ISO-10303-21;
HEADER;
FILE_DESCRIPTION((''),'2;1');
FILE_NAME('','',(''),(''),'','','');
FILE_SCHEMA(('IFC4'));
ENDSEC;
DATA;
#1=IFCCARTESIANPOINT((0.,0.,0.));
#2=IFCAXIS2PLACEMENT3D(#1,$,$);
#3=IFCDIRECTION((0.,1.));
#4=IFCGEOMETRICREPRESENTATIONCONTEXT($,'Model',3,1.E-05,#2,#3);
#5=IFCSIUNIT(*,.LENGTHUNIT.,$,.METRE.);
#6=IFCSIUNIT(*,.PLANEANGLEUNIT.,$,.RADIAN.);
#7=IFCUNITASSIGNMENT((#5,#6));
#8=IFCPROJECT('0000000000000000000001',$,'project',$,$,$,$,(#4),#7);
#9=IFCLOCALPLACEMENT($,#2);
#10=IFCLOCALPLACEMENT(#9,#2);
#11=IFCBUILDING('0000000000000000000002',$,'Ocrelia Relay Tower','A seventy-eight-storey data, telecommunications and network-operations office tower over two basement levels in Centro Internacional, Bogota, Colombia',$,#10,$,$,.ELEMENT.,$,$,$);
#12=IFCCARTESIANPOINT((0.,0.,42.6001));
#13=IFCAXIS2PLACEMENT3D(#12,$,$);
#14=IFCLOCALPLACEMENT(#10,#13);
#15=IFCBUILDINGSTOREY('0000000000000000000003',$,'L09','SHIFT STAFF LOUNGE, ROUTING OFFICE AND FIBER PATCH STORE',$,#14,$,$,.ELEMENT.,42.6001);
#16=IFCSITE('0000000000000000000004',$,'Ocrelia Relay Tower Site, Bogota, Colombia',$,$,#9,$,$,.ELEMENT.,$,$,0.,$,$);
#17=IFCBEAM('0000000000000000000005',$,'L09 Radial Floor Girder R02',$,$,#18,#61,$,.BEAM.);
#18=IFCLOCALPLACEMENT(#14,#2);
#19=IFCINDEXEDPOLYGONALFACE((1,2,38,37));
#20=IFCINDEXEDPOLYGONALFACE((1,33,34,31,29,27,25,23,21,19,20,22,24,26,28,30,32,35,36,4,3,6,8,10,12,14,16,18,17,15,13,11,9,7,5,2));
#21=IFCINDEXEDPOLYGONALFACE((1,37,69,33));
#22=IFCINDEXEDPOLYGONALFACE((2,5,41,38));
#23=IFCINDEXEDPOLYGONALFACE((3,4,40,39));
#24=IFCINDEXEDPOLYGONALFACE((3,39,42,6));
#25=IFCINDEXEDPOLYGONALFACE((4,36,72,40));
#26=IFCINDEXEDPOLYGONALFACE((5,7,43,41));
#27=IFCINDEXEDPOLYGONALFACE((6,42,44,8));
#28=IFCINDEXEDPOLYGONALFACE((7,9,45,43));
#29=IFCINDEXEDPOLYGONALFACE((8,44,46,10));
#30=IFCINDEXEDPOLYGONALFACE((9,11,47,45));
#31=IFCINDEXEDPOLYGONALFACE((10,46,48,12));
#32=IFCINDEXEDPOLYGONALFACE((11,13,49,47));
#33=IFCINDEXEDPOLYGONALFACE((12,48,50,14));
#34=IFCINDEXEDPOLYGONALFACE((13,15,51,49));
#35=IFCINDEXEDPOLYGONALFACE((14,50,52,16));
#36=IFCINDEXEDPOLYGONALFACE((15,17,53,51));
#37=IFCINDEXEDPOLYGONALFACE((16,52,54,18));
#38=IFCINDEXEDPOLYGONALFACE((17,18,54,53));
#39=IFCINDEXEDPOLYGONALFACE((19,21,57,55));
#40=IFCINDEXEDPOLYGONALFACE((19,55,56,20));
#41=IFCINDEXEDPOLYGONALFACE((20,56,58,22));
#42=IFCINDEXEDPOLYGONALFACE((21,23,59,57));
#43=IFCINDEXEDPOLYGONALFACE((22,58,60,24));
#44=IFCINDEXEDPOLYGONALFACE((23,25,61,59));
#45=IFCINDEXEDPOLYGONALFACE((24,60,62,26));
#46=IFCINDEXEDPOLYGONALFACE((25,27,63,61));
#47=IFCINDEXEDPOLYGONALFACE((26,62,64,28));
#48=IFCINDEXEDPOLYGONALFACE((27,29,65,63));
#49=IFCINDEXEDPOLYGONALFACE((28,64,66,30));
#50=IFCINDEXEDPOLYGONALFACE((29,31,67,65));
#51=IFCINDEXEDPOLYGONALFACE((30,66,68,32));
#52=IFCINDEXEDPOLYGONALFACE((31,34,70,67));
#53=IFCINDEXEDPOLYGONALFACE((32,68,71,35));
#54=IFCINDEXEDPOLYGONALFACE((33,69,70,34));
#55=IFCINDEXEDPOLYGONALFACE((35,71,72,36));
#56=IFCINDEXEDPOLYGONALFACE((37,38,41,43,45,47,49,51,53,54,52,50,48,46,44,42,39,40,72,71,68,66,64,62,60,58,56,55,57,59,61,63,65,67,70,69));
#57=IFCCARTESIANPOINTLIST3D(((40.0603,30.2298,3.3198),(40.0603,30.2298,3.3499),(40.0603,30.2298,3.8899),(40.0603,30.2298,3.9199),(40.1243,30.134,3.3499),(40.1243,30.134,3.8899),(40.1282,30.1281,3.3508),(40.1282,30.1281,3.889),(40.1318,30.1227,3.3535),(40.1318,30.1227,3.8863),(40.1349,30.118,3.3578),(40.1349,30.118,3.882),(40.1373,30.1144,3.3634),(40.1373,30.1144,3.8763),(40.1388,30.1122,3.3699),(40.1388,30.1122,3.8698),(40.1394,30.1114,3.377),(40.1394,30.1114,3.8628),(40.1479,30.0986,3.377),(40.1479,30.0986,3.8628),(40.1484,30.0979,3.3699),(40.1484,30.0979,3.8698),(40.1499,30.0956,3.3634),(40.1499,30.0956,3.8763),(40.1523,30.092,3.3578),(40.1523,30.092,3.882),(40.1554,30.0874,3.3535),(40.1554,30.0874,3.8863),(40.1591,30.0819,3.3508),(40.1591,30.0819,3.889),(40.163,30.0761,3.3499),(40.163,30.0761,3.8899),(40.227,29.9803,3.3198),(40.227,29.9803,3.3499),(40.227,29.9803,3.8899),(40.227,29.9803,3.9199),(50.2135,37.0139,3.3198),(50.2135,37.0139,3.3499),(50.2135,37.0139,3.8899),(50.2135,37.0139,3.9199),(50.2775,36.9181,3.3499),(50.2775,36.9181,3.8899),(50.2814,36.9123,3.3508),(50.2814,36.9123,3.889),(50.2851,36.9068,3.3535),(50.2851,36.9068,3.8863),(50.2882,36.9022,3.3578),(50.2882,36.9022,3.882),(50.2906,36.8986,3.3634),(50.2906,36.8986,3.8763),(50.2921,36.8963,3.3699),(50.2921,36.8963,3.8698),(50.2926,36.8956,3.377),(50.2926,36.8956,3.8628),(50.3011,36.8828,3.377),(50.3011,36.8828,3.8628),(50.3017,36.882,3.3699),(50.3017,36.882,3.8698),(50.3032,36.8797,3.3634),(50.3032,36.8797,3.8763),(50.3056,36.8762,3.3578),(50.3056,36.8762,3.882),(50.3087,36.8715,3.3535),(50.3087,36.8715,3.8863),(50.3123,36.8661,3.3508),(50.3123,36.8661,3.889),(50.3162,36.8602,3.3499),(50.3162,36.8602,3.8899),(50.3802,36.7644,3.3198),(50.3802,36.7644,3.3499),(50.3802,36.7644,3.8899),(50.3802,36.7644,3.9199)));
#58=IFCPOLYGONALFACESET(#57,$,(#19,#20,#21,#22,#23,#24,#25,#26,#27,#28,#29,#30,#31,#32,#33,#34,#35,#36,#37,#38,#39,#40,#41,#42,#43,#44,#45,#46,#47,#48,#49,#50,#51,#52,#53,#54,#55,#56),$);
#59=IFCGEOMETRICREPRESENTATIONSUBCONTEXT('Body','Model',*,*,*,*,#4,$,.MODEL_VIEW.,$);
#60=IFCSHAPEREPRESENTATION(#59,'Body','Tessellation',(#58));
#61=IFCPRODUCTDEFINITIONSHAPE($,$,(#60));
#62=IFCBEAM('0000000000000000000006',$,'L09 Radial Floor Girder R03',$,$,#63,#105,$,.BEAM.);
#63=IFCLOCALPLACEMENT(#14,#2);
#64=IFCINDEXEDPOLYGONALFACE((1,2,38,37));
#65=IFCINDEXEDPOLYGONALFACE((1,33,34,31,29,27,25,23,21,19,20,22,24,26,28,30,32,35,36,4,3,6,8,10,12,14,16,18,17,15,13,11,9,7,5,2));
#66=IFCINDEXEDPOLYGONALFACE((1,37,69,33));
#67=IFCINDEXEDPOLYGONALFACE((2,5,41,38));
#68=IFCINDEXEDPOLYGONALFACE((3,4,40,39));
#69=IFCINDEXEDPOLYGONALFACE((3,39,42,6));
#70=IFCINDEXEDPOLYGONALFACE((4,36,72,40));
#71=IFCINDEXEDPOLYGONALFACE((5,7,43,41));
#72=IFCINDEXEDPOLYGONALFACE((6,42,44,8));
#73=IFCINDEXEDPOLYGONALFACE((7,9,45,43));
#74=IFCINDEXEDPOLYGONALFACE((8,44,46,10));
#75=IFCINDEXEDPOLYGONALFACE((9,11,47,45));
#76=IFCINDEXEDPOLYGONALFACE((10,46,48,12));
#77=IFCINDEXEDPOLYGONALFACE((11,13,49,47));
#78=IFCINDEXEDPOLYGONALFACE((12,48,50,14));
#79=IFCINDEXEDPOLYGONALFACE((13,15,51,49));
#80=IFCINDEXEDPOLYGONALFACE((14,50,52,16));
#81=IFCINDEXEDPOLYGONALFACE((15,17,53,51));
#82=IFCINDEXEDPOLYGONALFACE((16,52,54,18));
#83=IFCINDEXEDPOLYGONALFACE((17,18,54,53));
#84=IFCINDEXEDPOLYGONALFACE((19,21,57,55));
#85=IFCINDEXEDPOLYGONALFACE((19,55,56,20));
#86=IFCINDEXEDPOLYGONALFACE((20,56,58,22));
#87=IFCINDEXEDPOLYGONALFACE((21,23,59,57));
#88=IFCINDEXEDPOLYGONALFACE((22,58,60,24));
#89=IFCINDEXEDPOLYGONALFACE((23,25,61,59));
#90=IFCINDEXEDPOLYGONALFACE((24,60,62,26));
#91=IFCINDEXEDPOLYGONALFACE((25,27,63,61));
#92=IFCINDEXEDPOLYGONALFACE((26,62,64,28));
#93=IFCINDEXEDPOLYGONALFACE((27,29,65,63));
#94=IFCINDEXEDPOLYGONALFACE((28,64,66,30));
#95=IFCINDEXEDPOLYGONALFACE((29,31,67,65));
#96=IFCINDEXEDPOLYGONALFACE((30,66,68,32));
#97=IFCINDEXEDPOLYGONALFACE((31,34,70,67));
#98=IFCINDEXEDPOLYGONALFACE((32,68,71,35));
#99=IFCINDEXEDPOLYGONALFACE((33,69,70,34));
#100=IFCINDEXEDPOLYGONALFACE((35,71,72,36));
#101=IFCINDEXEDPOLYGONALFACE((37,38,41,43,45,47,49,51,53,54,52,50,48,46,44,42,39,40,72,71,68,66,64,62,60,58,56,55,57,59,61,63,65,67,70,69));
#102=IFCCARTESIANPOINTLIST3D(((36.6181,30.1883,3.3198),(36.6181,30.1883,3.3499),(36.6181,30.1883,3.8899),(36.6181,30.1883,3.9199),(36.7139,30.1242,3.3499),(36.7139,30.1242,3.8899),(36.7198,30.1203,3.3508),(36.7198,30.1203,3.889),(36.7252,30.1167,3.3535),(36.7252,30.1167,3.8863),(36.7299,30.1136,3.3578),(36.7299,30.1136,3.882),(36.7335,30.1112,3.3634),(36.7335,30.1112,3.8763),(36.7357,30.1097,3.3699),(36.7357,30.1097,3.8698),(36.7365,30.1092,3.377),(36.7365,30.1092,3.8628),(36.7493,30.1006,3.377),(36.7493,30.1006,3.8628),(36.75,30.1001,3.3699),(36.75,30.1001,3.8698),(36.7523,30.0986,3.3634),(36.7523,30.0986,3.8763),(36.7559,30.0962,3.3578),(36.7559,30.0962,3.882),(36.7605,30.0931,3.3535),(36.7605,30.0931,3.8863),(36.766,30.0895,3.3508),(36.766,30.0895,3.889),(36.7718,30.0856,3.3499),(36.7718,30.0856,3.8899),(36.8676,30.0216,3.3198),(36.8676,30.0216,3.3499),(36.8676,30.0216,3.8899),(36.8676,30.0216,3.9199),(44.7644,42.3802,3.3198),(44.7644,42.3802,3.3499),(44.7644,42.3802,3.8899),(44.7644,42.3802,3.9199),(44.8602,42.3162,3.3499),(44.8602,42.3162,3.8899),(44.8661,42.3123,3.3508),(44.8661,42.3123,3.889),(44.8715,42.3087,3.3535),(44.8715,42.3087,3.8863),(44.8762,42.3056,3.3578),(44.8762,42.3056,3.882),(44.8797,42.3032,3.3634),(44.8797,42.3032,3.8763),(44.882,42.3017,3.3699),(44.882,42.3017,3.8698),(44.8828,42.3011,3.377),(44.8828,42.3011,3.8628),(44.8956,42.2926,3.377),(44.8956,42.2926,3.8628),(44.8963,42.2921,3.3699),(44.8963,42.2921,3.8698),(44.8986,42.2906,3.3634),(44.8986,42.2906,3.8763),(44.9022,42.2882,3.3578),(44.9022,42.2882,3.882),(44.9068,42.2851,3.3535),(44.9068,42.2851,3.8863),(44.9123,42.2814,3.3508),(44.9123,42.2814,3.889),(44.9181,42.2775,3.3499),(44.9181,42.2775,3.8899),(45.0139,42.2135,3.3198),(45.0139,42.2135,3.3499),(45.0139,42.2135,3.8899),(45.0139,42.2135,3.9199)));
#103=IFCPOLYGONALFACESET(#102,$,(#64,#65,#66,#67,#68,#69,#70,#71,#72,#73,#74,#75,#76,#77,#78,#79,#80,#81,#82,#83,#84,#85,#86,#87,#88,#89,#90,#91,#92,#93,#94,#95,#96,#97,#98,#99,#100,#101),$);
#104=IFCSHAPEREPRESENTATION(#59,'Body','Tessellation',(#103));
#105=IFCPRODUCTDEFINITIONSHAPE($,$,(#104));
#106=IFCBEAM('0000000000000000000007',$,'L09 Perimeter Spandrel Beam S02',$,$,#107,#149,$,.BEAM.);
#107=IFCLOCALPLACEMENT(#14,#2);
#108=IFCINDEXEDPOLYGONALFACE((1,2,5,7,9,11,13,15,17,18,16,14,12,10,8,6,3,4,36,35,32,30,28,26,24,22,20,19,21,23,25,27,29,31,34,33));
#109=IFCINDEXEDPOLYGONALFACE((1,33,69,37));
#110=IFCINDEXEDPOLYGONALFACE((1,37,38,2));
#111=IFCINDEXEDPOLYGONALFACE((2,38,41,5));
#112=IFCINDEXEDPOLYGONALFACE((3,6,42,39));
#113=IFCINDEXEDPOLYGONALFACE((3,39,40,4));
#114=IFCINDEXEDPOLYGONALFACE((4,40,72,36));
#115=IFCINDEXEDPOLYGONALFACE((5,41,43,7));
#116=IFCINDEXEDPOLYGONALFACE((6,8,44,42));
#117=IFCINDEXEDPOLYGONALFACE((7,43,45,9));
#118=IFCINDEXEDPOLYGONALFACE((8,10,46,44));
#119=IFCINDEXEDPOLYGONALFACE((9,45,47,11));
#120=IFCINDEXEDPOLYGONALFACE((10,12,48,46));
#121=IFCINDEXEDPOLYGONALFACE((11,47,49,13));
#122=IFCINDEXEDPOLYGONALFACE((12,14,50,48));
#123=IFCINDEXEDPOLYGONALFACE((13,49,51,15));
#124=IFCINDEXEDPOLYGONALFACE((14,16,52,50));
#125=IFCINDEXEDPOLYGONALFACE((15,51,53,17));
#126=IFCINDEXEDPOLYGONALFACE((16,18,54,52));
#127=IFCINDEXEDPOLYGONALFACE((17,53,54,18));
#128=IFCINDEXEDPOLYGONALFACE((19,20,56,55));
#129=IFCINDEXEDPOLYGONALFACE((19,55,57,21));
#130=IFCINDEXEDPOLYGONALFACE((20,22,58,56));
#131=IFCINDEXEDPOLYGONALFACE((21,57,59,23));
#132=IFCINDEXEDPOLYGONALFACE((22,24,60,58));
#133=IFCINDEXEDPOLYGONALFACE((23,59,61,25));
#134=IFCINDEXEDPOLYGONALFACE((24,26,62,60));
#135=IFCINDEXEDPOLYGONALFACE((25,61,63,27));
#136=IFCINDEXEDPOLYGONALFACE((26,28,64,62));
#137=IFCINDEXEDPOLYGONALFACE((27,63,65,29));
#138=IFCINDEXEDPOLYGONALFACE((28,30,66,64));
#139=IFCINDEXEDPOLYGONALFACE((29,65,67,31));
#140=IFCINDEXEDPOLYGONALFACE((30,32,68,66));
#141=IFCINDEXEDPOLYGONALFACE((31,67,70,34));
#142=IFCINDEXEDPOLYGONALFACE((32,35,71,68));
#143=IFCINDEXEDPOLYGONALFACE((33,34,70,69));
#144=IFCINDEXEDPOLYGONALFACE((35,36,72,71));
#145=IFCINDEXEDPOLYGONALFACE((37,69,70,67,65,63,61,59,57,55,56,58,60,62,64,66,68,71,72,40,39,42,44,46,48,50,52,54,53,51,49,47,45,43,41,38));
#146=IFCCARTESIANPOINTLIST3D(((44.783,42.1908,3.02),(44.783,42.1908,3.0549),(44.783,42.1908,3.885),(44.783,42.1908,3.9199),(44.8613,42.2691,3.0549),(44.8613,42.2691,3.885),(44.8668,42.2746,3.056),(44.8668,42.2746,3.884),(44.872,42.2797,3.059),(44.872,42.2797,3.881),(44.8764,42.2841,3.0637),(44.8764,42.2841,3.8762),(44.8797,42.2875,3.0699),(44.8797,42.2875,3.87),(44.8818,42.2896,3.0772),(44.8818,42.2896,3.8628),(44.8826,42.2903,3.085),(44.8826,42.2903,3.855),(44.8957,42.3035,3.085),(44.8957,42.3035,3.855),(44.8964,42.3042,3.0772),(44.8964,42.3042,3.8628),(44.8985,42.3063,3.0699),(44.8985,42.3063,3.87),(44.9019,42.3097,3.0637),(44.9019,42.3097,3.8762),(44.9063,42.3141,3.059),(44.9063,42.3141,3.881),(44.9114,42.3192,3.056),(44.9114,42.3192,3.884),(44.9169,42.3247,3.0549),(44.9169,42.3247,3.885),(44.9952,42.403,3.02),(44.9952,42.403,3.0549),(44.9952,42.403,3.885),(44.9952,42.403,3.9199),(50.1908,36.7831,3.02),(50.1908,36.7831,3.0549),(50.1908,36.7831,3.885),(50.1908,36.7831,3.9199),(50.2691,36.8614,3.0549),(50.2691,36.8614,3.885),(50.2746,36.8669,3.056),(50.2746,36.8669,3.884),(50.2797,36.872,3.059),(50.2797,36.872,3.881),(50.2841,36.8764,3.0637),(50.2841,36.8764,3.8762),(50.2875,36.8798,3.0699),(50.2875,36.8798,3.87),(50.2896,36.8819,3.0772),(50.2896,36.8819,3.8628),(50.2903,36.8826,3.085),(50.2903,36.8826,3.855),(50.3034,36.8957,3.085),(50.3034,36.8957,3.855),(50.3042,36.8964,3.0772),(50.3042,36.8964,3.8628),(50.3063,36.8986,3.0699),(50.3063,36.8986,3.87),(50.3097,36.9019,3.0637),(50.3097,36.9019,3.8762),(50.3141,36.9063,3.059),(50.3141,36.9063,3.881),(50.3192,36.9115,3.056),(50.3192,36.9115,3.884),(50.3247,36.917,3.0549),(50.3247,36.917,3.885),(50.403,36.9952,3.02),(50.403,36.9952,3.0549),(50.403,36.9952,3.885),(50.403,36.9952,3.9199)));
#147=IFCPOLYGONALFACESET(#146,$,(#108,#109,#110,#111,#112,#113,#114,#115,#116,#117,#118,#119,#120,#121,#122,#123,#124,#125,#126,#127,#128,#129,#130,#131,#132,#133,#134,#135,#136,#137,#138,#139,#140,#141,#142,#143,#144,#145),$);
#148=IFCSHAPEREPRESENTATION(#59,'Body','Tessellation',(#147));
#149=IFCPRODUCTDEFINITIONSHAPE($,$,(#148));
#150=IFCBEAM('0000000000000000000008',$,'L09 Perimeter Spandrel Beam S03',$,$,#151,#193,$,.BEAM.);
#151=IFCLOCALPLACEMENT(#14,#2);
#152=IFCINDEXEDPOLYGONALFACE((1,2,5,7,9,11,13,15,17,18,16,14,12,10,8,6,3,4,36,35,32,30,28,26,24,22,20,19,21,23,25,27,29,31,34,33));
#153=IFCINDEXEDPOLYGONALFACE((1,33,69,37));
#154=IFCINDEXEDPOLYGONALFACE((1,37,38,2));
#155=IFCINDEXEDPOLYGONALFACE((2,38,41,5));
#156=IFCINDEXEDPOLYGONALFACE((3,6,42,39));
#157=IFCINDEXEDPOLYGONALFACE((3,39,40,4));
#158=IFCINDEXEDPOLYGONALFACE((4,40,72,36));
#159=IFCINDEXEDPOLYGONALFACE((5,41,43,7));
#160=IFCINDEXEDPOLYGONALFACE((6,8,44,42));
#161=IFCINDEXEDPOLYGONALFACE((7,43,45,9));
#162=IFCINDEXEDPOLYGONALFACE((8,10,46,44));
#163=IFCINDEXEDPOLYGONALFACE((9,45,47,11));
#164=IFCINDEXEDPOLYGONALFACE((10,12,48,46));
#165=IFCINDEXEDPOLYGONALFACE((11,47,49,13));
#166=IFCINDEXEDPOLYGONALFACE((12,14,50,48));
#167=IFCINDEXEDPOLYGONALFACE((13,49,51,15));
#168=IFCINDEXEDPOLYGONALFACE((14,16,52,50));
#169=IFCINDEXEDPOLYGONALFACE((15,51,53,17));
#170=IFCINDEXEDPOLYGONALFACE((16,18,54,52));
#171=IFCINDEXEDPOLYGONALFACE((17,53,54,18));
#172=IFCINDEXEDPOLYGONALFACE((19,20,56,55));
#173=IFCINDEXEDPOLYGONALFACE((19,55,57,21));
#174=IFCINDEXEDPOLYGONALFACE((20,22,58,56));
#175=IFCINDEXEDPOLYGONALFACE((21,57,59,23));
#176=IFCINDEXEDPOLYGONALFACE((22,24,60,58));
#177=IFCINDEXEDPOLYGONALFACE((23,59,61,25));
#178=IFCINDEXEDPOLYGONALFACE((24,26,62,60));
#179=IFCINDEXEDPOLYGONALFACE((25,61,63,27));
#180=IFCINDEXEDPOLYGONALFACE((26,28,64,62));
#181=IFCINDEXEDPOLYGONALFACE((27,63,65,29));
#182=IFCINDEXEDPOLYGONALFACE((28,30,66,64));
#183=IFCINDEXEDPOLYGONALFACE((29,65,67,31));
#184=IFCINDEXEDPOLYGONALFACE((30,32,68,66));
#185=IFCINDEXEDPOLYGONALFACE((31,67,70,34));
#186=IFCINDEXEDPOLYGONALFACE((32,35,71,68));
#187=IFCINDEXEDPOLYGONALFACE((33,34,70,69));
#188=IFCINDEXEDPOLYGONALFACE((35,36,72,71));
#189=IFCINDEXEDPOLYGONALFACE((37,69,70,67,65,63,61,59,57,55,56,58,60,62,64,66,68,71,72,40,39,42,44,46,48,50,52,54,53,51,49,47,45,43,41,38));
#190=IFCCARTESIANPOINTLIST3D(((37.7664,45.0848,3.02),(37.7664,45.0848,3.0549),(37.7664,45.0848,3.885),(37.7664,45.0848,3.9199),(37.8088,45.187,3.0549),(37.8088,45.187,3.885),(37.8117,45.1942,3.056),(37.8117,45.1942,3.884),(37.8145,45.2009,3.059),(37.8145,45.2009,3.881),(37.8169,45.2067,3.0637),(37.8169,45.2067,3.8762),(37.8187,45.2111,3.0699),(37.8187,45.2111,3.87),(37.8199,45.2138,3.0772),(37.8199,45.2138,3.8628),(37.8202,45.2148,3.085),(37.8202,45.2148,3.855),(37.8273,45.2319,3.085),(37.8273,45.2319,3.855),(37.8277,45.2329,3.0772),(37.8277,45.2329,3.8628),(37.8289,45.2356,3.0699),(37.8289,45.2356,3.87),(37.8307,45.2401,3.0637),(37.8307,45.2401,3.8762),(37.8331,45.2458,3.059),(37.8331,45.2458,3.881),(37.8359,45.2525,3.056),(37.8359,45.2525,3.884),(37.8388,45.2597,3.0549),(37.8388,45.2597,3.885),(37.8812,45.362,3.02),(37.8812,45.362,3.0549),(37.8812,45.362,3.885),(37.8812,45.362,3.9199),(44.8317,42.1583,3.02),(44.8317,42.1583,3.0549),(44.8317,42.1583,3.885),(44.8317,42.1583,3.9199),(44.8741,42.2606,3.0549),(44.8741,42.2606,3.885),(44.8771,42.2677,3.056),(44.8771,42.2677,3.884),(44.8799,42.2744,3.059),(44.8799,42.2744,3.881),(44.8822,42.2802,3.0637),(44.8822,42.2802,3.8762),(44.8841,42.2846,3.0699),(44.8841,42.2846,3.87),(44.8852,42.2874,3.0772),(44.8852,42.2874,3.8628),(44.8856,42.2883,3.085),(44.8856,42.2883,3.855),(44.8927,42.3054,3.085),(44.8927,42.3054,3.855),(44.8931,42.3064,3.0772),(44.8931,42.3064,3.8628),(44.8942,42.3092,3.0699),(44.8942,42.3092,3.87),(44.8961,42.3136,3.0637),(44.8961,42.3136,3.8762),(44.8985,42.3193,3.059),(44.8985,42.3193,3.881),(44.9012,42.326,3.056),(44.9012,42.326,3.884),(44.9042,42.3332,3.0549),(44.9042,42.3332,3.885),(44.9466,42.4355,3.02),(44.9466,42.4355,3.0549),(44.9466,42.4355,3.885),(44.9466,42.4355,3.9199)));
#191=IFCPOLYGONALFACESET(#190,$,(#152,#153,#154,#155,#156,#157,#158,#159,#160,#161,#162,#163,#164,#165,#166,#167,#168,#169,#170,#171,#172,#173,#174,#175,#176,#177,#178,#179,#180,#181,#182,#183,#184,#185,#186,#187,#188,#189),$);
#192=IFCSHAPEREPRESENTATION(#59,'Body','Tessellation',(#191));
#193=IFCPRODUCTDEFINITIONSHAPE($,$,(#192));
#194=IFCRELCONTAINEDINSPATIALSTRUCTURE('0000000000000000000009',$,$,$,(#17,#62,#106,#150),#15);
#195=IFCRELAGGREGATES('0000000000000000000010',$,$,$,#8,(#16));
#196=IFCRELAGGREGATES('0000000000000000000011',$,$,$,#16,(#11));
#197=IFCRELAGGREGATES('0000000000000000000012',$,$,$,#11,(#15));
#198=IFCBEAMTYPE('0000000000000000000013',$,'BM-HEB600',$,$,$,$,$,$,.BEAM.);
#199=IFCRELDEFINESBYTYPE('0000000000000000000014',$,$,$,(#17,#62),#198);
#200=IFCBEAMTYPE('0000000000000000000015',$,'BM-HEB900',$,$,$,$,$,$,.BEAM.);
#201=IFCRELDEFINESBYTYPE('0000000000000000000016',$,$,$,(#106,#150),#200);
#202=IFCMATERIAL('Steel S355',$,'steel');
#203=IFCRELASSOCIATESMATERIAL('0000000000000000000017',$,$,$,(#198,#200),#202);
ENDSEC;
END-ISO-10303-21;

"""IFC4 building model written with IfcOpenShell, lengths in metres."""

from ifc_helpers import new_model, si_unit, direction, frame, origin, origin_2d, place, context, subcontext, project, spatial, i_section, extrude, material, material_profile, profile_set, type_object, element, save


model = new_model("IFC4")

# Units and contexts
model_context = context("Model", 3, precision=1e-05, world=origin(), true_north=direction((0.0, 1.0)))
body_context = subcontext(model_context, "Body", "Model", "MODEL_VIEW")
ifc_project = project(units=[si_unit("LENGTHUNIT", "METRE"), si_unit("PLANEANGLEUNIT", "RADIAN")], contexts=[model_context])

# Site, building, storey
site_placement = place(None, origin())
site = spatial("IfcSite", under=ifc_project, at=site_placement, Name="Ocrelia Relay Tower Site, Bogota, Colombia", CompositionType="ELEMENT", RefElevation=0.0)
building_placement = place(site_placement, origin())
building = spatial("IfcBuilding", under=site, at=building_placement, Name="Ocrelia Relay Tower", Description="A seventy-eight-storey data, telecommunications and network-operations office tower over two basement levels in Centro Internacional, Bogota, Colombia", CompositionType="ELEMENT")
storey_placement = place(building_placement, frame((0.0, 0.0, 42.6001)))
storey = spatial("IfcBuildingStorey", under=building, at=storey_placement, Name="L09", Description="SHIFT STAFF LOUNGE, ROUTING OFFICE AND FIBER PATCH STORE", CompositionType="ELEMENT", Elevation=42.6001)

# Beams
ifc_material_1 = material(Name="Steel S355", Category="steel")
ifc_material_profile_1 = material_profile(ifc_material_1, i_section(OverallWidth=0.3, OverallDepth=0.6001, WebThickness=0.0154, FlangeThickness=0.03, FilletRadius=0.0271, at=origin_2d()), Name="HEB 600")
ifc_profile_set_1 = profile_set([ifc_material_profile_1], Name="Steel S355")
beam_type_1 = type_object("IfcBeamType", Name="BM-HEB600", PredefinedType="BEAM", material=ifc_profile_set_1)
beam_1_placement = place(storey_placement, frame((50.2969, 36.8892, 3.6199), z_axis=(-0.831472, -0.555567, 0.0), x_axis=(0.555567, -0.831472, 0.0)))
element("IfcBeam", 1, at=beam_1_placement, inside=storey, type_object=beam_type_1, Name="L09 Radial Floor Girder R02", PredefinedType="BEAM", context=body_context, shape_type="SweptSolid", body=[
    extrude(i_section(OverallWidth=0.3, OverallDepth=0.6001, WebThickness=0.0154, FlangeThickness=0.03, FilletRadius=0.0271, at=origin_2d()), origin(), (0.0, 0.0, 1.0), 12.2112),
])
beam_2_placement = place(storey_placement, frame((44.8892, 42.2969, 3.6199), z_axis=(-0.555564, -0.831473, 0.0), x_axis=(0.831473, -0.555564, 0.0)))
element("IfcBeam", 2, at=beam_2_placement, inside=storey, type_object=beam_type_1, Name="L09 Radial Floor Girder R03", PredefinedType="BEAM", context=body_context, shape_type="SweptSolid", body=[
    extrude(i_section(OverallWidth=0.3, OverallDepth=0.6001, WebThickness=0.0154, FlangeThickness=0.03, FilletRadius=0.0271, at=origin_2d()), origin(), (0.0, 0.0, 1.0), 14.6631),
])
ifc_material_profile_2 = material_profile(ifc_material_1, i_section(OverallWidth=0.3, OverallDepth=0.8999, WebThickness=0.0186, FlangeThickness=0.0349, FilletRadius=0.03, at=origin_2d()), Name="HEB 900")
ifc_profile_set_2 = profile_set([ifc_material_profile_2], Name="Steel S355")
beam_type_2 = type_object("IfcBeamType", Name="BM-HEB900", PredefinedType="BEAM", material=ifc_profile_set_2)
beam_3_placement = place(storey_placement, frame((50.2969, 36.8892, 3.47), z_axis=(-0.707107, 0.707107, 0.0), x_axis=(-0.707107, -0.707107, 0.0)))
element("IfcBeam", 3, at=beam_3_placement, inside=storey, type_object=beam_type_2, Name="L09 Perimeter Spandrel Beam S02", PredefinedType="BEAM", context=body_context, shape_type="SweptSolid", body=[
    extrude(i_section(OverallWidth=0.3, OverallDepth=0.8999, WebThickness=0.0186, FlangeThickness=0.0349, FilletRadius=0.03, at=origin_2d()), origin(), (0.0, 0.0, 1.0), 7.6477),
])
beam_4_placement = place(storey_placement, frame((44.8892, 42.2969, 3.47), z_axis=(-0.923883, 0.382674, 0.0), x_axis=(-0.382674, -0.923883, 0.0)))
element("IfcBeam", 4, at=beam_4_placement, inside=storey, type_object=beam_type_2, Name="L09 Perimeter Spandrel Beam S03", PredefinedType="BEAM", context=body_context, shape_type="SweptSolid", body=[
    extrude(i_section(OverallWidth=0.3, OverallDepth=0.8999, WebThickness=0.0186, FlangeThickness=0.0349, FilletRadius=0.03, at=origin_2d()), origin(), (0.0, 0.0, 1.0), 7.6475),
])

save(model, "model.ifc")
